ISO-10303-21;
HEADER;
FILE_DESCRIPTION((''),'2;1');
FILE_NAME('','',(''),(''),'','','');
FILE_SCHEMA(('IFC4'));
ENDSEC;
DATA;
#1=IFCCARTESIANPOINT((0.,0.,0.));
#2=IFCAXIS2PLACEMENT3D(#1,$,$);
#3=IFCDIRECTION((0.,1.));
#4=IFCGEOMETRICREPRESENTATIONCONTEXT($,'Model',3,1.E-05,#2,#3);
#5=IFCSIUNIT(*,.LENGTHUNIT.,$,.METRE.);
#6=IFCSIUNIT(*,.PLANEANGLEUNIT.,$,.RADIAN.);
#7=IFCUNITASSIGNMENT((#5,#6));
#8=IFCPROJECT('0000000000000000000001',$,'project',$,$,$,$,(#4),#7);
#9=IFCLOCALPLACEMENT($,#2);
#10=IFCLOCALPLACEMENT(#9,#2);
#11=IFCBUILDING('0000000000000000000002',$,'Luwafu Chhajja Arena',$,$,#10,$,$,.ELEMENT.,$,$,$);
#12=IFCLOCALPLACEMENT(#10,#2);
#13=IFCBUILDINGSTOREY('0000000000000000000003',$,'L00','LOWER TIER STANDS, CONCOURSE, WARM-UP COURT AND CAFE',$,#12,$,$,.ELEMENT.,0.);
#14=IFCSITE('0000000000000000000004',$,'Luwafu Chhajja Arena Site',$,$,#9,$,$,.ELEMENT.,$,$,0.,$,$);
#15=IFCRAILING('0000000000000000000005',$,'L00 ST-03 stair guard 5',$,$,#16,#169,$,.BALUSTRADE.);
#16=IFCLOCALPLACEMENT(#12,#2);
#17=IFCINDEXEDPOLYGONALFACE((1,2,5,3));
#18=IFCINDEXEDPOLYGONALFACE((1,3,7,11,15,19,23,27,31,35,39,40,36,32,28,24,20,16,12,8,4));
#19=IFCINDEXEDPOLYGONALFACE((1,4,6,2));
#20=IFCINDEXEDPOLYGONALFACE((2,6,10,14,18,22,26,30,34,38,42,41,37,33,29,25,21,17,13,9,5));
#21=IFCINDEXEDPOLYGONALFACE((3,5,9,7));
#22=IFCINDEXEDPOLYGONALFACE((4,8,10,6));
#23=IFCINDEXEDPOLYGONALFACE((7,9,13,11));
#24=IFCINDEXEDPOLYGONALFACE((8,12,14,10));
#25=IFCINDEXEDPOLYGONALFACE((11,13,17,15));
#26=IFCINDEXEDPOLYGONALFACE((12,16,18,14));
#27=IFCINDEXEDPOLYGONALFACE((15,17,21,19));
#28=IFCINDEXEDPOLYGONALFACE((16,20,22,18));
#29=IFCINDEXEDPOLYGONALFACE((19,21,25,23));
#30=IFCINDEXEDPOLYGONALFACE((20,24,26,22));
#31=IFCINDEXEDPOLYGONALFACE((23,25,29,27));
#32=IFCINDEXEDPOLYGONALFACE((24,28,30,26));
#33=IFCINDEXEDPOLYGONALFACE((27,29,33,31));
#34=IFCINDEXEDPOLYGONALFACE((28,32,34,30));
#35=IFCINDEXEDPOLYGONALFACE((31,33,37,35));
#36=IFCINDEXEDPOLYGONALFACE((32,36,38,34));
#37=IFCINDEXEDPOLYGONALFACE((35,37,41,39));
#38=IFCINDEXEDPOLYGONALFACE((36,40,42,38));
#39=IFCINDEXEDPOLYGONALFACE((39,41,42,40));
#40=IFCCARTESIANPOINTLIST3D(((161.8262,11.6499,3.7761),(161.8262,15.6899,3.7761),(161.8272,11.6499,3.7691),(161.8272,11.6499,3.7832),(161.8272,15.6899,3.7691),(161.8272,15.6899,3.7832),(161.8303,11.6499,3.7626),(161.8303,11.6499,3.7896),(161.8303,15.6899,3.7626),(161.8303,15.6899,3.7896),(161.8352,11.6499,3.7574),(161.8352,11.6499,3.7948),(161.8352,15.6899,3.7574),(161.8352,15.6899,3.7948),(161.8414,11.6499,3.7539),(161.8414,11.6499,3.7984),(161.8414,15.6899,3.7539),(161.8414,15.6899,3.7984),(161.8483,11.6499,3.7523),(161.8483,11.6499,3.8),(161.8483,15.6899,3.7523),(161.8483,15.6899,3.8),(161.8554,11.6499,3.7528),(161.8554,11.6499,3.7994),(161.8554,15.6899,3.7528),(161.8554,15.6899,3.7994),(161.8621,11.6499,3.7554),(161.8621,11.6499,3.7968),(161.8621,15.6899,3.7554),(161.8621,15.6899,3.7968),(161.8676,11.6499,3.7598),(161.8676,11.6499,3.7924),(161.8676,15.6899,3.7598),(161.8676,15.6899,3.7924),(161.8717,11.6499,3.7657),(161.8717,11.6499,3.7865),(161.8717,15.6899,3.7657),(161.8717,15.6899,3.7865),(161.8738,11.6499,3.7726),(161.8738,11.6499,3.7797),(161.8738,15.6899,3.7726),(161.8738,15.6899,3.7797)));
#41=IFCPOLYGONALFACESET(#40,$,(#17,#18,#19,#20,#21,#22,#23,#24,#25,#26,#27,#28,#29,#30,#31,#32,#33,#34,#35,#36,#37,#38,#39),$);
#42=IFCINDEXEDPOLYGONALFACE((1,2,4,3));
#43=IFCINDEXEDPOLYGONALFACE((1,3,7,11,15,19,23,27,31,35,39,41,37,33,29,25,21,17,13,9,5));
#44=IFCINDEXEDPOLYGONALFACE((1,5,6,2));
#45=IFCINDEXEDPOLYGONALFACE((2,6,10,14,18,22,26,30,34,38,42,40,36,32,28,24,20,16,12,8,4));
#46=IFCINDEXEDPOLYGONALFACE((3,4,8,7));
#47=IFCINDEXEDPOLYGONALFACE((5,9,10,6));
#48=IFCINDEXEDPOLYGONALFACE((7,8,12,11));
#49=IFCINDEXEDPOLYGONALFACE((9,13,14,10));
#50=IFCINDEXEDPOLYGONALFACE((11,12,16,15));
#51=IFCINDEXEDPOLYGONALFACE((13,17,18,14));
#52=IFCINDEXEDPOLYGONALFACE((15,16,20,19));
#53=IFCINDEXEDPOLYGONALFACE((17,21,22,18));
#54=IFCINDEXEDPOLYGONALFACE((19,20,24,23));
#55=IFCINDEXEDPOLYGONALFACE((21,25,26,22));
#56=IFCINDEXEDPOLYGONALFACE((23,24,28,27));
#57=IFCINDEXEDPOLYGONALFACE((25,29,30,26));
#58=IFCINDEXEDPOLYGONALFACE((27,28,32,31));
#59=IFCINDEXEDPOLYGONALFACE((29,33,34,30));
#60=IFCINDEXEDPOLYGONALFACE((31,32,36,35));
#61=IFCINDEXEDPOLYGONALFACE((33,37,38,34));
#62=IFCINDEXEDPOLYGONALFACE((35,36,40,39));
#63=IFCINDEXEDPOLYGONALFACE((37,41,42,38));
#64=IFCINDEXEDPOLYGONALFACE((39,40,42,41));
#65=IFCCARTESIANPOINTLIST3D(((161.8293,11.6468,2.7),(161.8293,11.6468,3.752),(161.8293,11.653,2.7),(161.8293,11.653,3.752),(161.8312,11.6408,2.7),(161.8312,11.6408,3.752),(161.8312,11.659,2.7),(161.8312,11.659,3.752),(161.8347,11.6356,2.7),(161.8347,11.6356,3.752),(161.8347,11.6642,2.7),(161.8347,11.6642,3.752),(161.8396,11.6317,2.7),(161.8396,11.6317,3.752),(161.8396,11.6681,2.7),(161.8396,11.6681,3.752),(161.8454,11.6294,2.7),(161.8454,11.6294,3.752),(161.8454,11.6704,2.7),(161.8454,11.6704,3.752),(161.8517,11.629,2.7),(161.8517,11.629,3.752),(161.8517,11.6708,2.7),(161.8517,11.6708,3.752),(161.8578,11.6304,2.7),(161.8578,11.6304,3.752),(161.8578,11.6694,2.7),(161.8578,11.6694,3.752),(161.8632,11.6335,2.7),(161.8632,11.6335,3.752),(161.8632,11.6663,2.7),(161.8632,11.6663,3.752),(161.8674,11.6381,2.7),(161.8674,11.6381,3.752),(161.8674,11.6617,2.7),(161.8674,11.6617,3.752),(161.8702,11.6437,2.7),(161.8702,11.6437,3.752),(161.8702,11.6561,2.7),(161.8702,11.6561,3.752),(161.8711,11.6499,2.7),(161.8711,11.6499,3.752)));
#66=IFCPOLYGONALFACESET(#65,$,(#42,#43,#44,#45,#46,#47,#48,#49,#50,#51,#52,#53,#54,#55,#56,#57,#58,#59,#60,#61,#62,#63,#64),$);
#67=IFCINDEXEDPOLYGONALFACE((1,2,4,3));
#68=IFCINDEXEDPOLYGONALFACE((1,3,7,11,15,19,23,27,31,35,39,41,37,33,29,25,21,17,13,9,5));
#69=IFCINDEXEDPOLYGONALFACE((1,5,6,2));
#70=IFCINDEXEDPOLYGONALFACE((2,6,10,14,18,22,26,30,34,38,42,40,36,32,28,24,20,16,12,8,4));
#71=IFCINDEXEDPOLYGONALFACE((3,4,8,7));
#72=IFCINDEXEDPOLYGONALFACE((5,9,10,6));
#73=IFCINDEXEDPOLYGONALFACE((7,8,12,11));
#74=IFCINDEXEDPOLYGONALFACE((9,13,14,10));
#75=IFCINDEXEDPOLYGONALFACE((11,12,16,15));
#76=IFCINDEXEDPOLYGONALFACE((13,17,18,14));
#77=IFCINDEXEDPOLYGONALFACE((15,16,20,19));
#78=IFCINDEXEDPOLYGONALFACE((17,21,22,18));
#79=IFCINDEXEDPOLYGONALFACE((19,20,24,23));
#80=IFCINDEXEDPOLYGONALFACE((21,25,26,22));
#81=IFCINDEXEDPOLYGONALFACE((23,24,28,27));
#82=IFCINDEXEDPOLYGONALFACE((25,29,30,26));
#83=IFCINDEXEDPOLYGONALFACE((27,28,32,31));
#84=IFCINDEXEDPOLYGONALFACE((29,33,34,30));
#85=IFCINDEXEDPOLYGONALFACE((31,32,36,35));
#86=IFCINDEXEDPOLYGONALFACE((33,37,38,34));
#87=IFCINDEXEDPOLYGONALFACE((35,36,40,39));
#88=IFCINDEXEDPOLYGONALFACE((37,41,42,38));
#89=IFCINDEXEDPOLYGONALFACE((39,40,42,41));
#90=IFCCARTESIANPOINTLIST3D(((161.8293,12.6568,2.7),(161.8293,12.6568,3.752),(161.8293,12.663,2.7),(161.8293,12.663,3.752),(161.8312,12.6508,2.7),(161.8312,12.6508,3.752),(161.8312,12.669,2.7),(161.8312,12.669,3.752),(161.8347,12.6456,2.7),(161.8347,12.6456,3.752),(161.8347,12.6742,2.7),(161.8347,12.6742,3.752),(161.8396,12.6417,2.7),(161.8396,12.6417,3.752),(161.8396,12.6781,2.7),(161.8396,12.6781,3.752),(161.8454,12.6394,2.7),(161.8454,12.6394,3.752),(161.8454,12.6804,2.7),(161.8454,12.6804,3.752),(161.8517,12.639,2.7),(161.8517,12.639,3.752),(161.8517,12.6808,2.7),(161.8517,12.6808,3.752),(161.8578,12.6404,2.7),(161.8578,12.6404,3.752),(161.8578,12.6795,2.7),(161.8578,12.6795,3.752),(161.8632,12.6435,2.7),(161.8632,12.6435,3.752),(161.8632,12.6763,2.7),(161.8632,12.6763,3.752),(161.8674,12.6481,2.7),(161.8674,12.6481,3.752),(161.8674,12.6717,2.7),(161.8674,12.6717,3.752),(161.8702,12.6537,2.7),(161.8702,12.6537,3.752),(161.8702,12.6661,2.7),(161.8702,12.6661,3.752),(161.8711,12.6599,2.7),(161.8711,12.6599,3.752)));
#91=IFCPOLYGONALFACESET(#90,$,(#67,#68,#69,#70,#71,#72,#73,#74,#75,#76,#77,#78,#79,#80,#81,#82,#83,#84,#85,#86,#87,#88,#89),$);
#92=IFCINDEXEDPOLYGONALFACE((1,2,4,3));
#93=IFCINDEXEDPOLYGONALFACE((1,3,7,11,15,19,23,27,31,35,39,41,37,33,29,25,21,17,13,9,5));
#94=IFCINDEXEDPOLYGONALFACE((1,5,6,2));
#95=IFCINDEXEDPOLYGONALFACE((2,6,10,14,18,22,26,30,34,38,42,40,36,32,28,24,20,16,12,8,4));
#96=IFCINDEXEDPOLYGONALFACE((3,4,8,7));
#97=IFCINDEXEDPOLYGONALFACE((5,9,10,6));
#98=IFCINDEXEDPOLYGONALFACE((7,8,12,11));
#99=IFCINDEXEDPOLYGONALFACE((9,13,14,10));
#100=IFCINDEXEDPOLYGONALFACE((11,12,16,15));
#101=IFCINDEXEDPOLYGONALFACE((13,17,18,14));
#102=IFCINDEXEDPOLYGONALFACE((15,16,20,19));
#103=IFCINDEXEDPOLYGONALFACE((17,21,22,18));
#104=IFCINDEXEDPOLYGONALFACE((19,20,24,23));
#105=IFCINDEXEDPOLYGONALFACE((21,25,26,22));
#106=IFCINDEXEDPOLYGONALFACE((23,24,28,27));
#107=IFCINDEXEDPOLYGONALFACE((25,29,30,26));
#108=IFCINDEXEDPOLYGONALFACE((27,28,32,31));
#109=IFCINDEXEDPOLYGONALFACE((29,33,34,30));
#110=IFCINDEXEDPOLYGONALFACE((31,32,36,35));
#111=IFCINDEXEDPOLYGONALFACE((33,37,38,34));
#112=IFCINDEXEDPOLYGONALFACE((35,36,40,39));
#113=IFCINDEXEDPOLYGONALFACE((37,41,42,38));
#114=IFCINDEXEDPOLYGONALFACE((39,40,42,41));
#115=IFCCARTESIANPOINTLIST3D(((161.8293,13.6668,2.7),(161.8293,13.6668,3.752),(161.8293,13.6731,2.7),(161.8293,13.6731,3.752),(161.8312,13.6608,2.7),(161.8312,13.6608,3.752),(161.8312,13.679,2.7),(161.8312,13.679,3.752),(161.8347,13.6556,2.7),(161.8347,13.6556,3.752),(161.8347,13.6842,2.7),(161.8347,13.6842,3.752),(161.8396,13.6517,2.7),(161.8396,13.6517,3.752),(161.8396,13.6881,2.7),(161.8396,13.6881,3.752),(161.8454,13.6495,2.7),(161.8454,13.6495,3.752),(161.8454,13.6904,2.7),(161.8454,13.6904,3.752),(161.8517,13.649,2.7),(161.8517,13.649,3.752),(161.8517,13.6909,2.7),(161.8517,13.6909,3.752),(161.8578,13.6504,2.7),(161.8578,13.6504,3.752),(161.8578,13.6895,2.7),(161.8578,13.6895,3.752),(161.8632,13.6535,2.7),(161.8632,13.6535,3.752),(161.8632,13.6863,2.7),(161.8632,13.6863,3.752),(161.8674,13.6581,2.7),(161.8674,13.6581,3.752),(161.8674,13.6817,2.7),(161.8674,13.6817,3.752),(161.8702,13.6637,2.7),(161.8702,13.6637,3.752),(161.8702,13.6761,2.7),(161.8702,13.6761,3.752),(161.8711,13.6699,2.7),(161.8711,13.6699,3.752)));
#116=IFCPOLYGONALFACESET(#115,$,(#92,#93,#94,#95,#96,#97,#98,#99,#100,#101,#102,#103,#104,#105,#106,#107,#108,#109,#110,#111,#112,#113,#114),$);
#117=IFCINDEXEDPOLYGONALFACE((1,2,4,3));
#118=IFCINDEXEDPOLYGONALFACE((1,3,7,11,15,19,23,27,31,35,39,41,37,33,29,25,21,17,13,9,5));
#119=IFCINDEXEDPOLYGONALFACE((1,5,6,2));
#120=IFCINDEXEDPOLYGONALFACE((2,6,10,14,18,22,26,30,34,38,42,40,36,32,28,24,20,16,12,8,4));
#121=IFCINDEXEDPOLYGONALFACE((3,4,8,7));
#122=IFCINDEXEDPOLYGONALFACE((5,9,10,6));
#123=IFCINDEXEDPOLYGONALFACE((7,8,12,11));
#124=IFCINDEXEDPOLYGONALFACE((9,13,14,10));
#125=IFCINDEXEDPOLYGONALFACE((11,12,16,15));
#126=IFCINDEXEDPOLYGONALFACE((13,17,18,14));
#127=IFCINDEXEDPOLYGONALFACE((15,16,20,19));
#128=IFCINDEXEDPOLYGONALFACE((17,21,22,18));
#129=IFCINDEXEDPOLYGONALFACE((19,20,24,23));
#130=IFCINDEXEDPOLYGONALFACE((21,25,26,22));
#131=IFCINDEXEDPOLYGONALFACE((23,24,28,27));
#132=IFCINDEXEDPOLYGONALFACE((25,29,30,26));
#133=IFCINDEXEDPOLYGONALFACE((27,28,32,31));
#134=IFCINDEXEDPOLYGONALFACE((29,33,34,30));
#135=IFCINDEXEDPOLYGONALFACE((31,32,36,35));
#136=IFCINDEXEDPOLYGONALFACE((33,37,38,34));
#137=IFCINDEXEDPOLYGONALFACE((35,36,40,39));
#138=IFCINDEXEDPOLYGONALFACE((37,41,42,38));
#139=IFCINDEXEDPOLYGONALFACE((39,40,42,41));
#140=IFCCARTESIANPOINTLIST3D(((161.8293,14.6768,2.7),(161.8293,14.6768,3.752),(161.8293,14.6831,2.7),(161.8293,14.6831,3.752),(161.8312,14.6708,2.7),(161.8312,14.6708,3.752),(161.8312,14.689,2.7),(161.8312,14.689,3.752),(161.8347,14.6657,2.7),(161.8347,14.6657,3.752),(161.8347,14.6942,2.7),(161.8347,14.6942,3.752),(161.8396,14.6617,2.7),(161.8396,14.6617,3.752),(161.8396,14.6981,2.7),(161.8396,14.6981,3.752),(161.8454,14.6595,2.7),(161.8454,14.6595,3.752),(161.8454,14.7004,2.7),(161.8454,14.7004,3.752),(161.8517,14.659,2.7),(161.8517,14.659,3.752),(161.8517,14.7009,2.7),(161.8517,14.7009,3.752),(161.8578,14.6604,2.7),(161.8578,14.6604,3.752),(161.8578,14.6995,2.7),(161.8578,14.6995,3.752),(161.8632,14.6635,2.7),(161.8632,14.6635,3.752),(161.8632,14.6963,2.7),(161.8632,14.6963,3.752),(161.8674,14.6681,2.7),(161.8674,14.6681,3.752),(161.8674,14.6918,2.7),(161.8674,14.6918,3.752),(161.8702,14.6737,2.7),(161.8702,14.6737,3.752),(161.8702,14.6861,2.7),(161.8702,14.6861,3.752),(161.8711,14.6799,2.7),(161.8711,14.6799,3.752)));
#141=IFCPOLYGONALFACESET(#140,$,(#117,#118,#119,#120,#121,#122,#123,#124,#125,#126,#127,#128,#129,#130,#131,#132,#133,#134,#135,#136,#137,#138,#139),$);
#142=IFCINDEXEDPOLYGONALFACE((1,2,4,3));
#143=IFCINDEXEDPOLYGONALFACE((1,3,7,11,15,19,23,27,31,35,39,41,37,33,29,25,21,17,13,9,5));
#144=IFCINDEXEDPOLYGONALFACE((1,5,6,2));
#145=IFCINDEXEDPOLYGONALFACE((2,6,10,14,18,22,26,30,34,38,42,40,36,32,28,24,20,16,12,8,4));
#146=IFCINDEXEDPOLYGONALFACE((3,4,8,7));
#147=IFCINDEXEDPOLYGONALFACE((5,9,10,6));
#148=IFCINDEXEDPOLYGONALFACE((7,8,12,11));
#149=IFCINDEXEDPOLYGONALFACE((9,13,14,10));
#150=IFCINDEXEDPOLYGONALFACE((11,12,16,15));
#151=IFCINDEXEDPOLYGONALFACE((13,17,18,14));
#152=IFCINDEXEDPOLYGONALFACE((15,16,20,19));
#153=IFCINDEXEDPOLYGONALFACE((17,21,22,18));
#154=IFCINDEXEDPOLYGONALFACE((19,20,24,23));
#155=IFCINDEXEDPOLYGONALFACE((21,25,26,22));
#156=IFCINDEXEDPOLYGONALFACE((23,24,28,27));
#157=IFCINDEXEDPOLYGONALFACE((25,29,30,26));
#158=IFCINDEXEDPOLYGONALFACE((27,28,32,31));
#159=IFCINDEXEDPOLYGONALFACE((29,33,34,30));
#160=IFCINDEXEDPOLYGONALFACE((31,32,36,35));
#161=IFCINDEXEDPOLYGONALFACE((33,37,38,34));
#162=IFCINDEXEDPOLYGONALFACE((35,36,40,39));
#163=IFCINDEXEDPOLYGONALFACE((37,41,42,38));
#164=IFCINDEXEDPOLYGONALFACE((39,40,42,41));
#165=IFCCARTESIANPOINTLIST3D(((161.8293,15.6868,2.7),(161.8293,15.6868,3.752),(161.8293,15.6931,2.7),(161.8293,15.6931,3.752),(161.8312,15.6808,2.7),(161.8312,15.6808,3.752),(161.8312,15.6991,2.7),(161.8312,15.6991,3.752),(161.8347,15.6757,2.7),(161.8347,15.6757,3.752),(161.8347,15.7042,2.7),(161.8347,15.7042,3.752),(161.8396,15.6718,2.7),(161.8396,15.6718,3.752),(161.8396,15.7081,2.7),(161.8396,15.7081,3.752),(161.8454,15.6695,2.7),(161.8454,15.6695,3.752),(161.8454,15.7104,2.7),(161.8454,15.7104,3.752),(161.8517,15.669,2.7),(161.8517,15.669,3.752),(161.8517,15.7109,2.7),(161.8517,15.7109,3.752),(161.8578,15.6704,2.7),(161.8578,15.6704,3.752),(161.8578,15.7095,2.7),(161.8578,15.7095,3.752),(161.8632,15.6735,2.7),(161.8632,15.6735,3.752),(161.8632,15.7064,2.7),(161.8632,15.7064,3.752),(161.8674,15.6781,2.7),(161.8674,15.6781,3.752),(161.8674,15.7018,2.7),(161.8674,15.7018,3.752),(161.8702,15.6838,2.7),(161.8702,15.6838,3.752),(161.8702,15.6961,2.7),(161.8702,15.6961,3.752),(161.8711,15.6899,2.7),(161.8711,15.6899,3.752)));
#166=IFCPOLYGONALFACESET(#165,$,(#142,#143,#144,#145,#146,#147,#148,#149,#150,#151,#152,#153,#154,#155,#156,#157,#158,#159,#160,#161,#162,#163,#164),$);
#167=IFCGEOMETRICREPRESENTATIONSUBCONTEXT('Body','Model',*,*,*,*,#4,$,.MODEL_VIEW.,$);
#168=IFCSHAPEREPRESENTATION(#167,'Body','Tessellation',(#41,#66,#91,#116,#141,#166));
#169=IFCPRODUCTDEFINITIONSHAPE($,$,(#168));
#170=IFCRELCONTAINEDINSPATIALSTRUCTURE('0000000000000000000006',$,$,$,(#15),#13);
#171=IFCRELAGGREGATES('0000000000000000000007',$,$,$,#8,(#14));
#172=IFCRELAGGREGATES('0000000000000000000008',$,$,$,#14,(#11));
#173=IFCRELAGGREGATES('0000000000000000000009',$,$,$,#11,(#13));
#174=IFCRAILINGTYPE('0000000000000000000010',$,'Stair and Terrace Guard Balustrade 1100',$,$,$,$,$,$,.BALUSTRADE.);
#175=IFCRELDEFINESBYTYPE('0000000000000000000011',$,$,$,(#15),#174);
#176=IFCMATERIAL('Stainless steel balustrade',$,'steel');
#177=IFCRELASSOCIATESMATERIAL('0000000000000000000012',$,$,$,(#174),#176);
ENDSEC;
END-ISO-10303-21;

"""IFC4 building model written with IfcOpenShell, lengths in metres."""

from ifc_helpers import new_model, si_unit, direction, frame, origin, origin_2d, place, context, subcontext, project, spatial, circle, extrude, material, type_object, element, save


model = new_model("IFC4")

# Units and contexts
model_context = context("Model", 3, precision=1e-05, world=origin(), true_north=direction((0.0, 1.0)))
body_context = subcontext(model_context, "Body", "Model", "MODEL_VIEW")
ifc_project = project(units=[si_unit("LENGTHUNIT", "METRE"), si_unit("PLANEANGLEUNIT", "RADIAN")], contexts=[model_context])

# Site, building, storey
site_placement = place(None, origin())
site = spatial("IfcSite", under=ifc_project, at=site_placement, Name="Luwafu Chhajja Arena Site", CompositionType="ELEMENT", RefElevation=0.0)
building_placement = place(site_placement, origin())
building = spatial("IfcBuilding", under=site, at=building_placement, Name="Luwafu Chhajja Arena", CompositionType="ELEMENT")
storey_placement = place(building_placement, origin())
storey = spatial("IfcBuildingStorey", under=building, at=storey_placement, Name="L00", Description="LOWER TIER STANDS, CONCOURSE, WARM-UP COURT AND CAFE", CompositionType="ELEMENT", Elevation=0.0)

# Railing
ifc_material_1 = material(Name="Stainless steel balustrade", Category="steel")
railing_type_1 = type_object("IfcRailingType", Name="Stair and Terrace Guard Balustrade 1100", PredefinedType="BALUSTRADE", material=ifc_material_1)
railing_1_placement = place(storey_placement, frame((161.8501, 11.6499, 2.7)))
element("IfcRailing", 1, at=railing_1_placement, inside=storey, type_object=railing_type_1, Name="L00 ST-03 stair guard 5", PredefinedType="BALUSTRADE", context=body_context, shape_type="SweptSolid", body=[
    extrude(circle(Radius=0.0239, at=origin_2d()), frame((0.0, 0.0, 1.0762), z_axis=(0.0, 1.0, 0.0), x_axis=(-1.0, 0.0, 0.0)), (0.0, 0.0, 1.0), 4.04),
    extrude(circle(Radius=0.021, at=origin_2d()), origin(), (0.0, 0.0, 1.0), 1.052),
    extrude(circle(Radius=0.021, at=origin_2d()), frame((0.0, 1.01, 0.0)), (0.0, 0.0, 1.0), 1.052),
    extrude(circle(Radius=0.021, at=origin_2d()), frame((0.0, 2.02, 0.0)), (0.0, 0.0, 1.0), 1.052),
    extrude(circle(Radius=0.021, at=origin_2d()), frame((0.0, 3.03, 0.0)), (0.0, 0.0, 1.0), 1.052),
    extrude(circle(Radius=0.021, at=origin_2d()), frame((0.0, 4.04, 0.0)), (0.0, 0.0, 1.0), 1.052),
])

save(model, "model.ifc")
